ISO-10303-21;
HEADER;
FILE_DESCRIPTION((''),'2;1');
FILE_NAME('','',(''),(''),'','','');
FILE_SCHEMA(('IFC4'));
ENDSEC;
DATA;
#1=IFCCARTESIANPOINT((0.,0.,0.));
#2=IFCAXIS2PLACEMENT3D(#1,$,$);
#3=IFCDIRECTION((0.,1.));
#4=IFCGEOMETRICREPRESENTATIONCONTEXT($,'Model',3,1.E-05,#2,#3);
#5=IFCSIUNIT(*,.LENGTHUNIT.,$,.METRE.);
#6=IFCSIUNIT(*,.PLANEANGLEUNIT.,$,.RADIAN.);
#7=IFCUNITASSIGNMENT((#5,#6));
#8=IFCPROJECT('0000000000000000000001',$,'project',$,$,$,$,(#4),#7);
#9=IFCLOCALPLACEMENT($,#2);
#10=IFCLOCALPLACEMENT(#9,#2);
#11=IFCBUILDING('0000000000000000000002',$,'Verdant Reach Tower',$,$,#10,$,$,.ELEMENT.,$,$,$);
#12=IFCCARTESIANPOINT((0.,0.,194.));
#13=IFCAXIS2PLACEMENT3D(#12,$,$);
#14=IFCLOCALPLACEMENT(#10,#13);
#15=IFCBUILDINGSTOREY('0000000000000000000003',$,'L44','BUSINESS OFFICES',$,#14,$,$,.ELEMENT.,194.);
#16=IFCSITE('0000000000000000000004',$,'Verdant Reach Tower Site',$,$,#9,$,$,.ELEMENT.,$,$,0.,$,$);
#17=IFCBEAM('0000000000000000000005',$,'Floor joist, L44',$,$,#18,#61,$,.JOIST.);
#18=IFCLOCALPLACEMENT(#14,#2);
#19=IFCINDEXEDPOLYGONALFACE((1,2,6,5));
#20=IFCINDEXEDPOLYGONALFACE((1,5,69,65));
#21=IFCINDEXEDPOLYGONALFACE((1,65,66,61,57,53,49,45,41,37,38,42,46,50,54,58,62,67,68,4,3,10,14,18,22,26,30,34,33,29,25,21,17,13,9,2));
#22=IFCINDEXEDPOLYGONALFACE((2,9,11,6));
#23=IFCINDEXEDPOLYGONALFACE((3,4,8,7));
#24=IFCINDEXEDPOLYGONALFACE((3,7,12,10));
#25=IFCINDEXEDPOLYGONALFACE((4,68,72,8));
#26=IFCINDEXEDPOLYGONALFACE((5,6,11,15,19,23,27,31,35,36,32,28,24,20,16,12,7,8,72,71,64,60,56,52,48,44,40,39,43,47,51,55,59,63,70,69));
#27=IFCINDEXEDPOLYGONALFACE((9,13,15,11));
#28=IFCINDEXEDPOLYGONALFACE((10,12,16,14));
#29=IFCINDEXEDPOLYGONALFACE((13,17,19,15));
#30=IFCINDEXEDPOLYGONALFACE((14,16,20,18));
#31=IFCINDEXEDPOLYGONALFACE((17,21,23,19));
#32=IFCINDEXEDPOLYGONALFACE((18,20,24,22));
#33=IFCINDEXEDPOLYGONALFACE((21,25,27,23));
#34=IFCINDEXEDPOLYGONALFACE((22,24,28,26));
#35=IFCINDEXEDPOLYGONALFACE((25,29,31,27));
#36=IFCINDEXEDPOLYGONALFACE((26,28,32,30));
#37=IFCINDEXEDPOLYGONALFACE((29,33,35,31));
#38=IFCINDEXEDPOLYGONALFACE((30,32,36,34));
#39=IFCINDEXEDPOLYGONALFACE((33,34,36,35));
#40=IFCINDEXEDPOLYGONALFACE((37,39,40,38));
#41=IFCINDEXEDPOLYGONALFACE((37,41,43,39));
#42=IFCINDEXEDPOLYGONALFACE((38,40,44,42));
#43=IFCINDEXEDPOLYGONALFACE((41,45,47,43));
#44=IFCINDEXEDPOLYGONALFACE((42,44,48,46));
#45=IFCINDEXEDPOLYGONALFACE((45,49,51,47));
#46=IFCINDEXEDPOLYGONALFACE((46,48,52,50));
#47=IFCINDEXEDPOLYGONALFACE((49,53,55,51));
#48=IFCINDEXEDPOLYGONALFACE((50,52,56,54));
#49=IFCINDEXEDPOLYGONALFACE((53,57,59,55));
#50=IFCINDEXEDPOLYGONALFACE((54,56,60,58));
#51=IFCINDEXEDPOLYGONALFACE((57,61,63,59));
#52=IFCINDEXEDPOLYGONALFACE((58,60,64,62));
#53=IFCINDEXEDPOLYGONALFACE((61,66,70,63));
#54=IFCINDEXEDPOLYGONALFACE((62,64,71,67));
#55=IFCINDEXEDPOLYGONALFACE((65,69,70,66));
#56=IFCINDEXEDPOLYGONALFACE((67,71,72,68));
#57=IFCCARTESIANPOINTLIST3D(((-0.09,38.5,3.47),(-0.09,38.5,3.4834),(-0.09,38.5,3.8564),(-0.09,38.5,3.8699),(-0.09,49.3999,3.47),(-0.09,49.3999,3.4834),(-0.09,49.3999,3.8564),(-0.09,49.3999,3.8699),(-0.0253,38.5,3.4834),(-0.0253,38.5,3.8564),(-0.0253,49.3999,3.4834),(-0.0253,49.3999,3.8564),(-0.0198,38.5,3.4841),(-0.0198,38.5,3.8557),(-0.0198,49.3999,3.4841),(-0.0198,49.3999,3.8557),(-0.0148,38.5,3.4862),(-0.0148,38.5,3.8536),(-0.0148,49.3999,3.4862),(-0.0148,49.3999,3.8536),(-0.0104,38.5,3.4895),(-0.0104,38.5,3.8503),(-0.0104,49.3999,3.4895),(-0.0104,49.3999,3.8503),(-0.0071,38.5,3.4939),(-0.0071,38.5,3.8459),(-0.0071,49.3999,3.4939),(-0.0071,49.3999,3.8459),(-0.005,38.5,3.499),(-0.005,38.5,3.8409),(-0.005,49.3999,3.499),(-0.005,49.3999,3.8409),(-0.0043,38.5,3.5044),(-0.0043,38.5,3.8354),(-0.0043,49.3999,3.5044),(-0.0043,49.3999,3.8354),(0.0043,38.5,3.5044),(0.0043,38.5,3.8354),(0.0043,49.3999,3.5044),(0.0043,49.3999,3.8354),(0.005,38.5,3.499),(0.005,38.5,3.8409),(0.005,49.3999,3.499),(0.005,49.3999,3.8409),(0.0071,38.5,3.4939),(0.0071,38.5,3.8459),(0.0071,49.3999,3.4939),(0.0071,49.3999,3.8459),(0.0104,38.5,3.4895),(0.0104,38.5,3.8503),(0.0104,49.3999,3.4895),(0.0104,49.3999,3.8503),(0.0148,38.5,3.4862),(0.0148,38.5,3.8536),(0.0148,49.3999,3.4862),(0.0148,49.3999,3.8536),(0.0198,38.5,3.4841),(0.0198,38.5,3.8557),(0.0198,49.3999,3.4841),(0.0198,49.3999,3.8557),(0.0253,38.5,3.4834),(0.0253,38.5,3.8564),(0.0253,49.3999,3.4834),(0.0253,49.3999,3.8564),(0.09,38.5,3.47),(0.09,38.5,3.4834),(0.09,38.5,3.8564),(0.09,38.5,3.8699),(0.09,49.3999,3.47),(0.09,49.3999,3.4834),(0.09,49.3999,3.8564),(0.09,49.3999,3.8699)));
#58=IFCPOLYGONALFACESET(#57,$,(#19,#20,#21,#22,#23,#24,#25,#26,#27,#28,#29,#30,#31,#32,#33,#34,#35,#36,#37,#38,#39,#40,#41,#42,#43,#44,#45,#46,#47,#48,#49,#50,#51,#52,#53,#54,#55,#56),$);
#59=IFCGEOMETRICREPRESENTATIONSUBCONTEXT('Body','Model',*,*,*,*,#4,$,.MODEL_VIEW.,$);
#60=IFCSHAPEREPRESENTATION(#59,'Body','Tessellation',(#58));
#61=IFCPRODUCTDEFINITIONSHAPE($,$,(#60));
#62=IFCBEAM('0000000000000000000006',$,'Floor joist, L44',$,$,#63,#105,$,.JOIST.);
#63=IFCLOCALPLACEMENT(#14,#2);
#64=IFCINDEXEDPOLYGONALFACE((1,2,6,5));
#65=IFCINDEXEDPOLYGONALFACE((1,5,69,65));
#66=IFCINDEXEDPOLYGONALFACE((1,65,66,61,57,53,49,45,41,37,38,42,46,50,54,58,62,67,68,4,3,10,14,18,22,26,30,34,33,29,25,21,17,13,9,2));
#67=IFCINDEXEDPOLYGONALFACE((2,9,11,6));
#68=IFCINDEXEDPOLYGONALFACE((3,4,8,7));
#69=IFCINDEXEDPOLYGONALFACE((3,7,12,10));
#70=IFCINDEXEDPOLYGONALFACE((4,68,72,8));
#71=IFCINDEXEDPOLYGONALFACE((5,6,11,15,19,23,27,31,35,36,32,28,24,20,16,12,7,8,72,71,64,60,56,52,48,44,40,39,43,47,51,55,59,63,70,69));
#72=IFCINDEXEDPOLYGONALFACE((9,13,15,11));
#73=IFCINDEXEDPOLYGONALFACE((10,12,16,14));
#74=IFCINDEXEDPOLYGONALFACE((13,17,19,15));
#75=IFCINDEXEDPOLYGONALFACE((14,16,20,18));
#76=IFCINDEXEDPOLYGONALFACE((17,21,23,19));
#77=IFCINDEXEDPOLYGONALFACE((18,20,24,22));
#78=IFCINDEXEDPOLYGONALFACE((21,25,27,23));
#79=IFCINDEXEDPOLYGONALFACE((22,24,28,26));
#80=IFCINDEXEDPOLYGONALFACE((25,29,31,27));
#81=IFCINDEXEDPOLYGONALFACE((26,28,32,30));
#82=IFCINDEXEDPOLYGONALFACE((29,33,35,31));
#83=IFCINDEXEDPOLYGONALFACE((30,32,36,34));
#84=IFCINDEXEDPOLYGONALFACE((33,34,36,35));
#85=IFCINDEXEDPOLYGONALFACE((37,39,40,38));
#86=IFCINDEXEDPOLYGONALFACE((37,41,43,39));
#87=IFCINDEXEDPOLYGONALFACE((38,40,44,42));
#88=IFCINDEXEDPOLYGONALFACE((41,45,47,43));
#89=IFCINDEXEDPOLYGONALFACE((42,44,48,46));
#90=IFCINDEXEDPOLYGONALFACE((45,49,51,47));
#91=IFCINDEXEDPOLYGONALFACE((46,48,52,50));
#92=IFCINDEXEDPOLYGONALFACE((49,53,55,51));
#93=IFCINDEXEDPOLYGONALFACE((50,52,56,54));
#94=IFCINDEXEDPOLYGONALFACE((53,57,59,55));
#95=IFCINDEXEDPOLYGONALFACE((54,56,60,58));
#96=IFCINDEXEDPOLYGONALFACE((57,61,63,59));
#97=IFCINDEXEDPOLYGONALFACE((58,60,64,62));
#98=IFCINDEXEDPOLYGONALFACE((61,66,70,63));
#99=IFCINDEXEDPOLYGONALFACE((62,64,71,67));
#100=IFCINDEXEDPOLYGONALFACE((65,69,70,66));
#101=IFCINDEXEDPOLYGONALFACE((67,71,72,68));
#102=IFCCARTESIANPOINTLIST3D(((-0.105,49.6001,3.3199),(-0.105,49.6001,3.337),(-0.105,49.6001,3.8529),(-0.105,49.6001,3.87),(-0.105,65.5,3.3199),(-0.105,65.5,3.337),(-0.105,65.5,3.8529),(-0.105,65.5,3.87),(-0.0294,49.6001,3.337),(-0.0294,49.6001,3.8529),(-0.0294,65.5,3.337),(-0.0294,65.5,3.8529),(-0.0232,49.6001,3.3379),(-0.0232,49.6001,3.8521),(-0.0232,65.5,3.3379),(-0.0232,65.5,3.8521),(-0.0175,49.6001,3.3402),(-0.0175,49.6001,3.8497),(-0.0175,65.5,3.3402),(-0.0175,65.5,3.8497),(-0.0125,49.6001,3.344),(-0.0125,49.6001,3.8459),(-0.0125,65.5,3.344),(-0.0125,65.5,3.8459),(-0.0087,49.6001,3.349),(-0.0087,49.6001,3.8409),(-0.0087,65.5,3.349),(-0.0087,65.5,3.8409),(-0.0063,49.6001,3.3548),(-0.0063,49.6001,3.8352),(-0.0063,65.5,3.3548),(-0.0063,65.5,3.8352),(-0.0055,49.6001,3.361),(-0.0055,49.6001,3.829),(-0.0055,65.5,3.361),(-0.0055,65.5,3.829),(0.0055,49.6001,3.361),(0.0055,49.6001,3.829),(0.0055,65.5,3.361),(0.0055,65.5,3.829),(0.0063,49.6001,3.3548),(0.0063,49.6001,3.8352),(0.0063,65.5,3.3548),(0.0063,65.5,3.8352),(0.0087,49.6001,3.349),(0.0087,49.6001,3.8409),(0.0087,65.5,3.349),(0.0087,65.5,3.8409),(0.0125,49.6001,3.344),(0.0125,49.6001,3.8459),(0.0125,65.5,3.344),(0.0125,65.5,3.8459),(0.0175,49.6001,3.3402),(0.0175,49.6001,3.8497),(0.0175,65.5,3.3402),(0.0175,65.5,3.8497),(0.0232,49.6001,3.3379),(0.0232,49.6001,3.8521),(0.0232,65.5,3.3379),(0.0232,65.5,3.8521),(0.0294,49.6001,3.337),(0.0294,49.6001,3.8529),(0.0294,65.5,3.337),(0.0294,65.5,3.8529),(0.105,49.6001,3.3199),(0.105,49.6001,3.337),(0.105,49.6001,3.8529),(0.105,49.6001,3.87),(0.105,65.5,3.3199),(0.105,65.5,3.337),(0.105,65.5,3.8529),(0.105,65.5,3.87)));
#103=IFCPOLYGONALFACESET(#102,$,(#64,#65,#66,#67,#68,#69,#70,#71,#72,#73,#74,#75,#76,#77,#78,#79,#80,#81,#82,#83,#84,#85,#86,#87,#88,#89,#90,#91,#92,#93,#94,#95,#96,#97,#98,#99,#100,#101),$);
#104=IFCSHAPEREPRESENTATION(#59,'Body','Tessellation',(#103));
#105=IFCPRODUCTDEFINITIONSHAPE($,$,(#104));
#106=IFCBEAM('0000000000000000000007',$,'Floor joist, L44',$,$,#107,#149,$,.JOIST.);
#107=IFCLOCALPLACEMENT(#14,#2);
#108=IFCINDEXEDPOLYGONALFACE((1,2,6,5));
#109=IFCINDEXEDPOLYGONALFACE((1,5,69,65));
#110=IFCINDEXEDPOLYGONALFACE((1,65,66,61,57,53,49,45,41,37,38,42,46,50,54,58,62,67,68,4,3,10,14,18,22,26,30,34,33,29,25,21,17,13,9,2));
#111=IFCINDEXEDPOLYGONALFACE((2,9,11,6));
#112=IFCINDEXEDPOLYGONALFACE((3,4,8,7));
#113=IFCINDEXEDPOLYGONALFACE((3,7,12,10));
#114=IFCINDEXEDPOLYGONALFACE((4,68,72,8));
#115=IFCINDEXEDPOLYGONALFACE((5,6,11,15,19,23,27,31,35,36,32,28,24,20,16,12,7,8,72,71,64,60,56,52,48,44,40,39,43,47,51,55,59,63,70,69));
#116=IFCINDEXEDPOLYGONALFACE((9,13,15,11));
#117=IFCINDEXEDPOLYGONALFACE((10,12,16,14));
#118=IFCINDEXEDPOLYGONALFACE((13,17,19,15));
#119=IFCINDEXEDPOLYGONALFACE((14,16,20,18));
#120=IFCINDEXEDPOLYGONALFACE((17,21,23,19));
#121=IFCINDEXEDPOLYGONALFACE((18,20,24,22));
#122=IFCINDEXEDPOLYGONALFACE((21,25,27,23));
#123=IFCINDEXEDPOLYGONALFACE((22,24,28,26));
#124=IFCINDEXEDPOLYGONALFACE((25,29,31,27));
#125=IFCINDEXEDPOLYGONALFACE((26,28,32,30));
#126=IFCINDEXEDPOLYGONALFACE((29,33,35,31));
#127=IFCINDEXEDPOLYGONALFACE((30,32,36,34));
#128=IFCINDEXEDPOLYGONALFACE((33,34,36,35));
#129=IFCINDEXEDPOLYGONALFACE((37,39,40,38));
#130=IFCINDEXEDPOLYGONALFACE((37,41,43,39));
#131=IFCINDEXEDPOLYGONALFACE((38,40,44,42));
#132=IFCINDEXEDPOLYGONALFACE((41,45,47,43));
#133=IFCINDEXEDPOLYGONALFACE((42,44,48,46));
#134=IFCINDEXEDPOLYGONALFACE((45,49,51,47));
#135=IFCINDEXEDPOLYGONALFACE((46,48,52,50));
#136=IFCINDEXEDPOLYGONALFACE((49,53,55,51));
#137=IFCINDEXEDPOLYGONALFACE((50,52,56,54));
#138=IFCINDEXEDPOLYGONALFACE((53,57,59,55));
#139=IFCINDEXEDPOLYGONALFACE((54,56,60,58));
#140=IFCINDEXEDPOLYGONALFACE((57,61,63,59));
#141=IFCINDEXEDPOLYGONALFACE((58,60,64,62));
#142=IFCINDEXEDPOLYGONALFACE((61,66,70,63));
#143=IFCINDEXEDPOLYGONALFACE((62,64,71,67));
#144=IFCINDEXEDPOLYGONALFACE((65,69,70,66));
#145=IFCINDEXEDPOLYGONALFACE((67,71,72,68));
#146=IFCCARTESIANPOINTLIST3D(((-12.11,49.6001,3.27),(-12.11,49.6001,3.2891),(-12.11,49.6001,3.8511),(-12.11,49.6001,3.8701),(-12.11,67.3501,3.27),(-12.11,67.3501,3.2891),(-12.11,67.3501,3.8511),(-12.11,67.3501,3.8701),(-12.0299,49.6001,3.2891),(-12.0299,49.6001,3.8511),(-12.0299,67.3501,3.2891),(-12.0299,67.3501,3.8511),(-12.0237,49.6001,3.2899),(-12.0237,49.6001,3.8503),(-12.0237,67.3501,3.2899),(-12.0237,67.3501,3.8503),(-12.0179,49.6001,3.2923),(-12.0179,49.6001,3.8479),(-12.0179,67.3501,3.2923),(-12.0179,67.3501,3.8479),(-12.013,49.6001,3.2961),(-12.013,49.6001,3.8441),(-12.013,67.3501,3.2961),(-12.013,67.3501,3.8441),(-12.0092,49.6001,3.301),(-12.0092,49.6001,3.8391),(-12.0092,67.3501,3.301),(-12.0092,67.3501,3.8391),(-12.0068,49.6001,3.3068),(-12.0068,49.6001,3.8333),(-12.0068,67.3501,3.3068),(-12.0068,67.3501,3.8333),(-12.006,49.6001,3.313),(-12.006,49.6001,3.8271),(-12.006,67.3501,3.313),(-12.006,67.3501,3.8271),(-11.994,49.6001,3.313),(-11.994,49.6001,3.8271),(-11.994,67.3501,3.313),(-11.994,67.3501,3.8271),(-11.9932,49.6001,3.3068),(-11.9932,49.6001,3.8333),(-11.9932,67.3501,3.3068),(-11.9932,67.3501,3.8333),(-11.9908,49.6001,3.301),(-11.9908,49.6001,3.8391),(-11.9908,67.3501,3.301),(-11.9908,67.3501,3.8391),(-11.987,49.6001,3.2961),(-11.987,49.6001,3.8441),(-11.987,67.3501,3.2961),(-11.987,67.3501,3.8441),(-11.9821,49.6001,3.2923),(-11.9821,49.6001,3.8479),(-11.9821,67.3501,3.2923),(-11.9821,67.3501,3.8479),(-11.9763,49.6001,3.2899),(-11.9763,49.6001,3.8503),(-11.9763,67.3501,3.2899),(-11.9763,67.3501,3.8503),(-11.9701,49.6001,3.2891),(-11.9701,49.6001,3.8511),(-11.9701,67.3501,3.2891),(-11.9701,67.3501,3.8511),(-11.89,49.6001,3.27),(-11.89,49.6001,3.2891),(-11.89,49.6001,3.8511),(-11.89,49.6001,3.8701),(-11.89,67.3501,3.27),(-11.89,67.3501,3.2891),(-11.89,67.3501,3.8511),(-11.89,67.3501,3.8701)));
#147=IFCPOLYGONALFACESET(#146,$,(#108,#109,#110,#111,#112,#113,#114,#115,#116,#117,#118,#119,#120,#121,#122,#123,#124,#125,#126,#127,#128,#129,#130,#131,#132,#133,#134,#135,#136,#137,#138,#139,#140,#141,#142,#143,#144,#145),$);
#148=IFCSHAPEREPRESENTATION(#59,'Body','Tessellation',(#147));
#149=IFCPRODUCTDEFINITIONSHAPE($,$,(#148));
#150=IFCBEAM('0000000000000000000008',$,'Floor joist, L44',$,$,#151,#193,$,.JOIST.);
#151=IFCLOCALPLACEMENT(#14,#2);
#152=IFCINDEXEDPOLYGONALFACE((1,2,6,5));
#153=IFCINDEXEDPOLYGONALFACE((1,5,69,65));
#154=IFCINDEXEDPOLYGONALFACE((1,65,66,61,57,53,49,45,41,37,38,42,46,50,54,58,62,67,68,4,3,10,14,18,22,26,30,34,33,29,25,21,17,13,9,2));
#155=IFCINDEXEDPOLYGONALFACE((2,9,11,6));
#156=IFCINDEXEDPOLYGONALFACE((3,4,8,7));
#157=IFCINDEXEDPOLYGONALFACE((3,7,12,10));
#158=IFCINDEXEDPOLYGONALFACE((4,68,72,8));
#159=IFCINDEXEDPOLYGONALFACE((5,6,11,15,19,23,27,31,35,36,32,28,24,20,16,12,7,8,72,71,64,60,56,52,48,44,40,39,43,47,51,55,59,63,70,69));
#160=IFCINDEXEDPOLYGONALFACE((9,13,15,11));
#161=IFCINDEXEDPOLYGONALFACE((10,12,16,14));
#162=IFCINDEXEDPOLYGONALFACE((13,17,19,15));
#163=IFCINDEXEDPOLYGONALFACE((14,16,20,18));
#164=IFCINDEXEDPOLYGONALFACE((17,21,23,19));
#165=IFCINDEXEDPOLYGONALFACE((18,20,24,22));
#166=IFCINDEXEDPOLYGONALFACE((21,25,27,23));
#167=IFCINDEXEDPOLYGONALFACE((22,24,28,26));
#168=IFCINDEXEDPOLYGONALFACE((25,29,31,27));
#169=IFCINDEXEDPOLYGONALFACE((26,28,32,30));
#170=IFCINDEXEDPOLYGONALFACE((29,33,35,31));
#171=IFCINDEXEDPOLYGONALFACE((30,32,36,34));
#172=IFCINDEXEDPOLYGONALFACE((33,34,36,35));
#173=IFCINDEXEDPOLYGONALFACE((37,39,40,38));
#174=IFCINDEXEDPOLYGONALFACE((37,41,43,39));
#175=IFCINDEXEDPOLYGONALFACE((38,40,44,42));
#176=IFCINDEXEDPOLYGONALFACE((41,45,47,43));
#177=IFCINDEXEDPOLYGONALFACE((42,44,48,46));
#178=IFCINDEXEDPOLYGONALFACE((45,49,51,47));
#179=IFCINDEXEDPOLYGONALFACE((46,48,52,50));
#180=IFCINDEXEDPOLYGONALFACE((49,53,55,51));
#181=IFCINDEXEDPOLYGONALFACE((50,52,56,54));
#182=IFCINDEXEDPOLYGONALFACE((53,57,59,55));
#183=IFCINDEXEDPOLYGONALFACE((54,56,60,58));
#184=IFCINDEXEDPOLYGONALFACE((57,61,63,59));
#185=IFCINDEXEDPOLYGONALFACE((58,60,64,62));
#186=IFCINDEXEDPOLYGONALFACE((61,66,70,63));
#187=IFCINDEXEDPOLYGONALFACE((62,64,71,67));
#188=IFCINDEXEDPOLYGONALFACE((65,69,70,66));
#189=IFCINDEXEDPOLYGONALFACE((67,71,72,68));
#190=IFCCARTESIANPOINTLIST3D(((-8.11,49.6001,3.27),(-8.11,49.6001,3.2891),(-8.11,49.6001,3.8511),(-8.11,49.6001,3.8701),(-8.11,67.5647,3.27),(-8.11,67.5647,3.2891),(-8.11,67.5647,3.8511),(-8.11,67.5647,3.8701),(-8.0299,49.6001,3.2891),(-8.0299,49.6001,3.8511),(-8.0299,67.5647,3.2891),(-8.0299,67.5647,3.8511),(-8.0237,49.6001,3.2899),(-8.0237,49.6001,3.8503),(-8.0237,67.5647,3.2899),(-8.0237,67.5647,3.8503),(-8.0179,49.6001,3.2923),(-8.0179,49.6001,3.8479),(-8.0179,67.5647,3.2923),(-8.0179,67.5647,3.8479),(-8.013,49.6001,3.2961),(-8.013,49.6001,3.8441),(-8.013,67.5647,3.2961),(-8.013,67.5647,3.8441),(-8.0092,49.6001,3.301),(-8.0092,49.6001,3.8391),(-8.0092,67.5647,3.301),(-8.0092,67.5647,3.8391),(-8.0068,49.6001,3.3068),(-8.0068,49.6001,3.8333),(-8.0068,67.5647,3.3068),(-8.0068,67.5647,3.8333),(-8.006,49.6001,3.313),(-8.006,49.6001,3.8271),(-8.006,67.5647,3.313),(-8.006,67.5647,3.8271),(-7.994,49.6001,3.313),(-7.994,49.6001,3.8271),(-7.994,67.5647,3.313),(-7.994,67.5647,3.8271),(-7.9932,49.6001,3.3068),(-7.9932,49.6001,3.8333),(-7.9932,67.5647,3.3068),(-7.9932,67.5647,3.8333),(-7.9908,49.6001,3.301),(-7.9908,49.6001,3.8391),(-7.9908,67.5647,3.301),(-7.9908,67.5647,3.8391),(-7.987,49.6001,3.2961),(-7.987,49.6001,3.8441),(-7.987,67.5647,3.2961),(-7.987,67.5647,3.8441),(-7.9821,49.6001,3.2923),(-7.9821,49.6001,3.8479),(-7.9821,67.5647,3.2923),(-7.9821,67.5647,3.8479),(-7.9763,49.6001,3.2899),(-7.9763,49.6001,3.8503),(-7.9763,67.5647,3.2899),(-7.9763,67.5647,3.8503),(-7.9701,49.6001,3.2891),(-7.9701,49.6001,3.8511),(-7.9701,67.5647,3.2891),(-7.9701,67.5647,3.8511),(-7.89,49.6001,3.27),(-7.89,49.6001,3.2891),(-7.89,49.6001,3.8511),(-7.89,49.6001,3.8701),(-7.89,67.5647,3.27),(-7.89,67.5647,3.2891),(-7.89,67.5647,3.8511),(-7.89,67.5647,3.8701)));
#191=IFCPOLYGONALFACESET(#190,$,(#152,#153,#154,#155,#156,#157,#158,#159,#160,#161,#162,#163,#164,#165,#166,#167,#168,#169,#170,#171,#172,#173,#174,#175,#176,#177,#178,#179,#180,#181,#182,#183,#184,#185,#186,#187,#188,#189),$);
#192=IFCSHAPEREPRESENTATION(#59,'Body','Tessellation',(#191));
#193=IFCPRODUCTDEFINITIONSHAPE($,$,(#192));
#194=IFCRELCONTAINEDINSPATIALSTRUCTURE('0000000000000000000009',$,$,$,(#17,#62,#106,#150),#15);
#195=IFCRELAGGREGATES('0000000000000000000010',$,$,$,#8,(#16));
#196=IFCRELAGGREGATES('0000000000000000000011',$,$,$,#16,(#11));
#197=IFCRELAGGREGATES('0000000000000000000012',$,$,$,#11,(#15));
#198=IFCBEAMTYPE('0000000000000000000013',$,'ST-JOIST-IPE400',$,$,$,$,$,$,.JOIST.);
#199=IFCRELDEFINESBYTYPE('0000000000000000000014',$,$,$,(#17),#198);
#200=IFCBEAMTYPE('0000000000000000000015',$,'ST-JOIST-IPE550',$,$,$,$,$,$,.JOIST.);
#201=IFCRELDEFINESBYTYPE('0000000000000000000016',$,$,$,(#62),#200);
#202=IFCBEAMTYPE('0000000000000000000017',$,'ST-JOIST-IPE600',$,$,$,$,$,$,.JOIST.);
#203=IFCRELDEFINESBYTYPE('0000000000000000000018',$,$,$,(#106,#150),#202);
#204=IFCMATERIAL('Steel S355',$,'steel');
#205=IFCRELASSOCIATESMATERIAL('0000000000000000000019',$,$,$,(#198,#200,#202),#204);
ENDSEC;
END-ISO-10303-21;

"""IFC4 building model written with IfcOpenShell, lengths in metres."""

from ifc_helpers import new_model, si_unit, direction, frame, origin, origin_2d, place, context, subcontext, project, spatial, i_section, extrude, material, material_profile, profile_set, type_object, element, save


model = new_model("IFC4")

# Units and contexts
model_context = context("Model", 3, precision=1e-05, world=origin(), true_north=direction((0.0, 1.0)))
body_context = subcontext(model_context, "Body", "Model", "MODEL_VIEW")
ifc_project = project(units=[si_unit("LENGTHUNIT", "METRE"), si_unit("PLANEANGLEUNIT", "RADIAN")], contexts=[model_context])

# Site, building, storey
site_placement = place(None, origin())
site = spatial("IfcSite", under=ifc_project, at=site_placement, Name="Verdant Reach Tower Site", CompositionType="ELEMENT", RefElevation=0.0)
building_placement = place(site_placement, origin())
building = spatial("IfcBuilding", under=site, at=building_placement, Name="Verdant Reach Tower", CompositionType="ELEMENT")
storey_placement = place(building_placement, frame((0.0, 0.0, 194.0)))
storey = spatial("IfcBuildingStorey", under=building, at=storey_placement, Name="L44", Description="BUSINESS OFFICES", CompositionType="ELEMENT", Elevation=194.0)

# Beams
ifc_material_1 = material(Name="Steel S355", Category="steel")
ifc_material_profile_1 = material_profile(ifc_material_1, i_section(OverallWidth=0.1799, OverallDepth=0.3999, WebThickness=0.0085, FlangeThickness=0.0134, FilletRadius=0.021, at=origin_2d()), Name="IPE 400")
ifc_profile_set_1 = profile_set([ifc_material_profile_1], Name="Steel S355")
beam_type_1 = type_object("IfcBeamType", Name="ST-JOIST-IPE400", PredefinedType="JOIST", material=ifc_profile_set_1)
for number, where, z_axis, x_axis, name in (
    (1, (0.0, 38.5, 3.6699), (0.0, 1.0, 0.0), (-1.0, 0.0, 0.0), "Floor joist, L44"),
):
    element("IfcBeam", number, at=place(storey_placement, frame(where, z_axis=z_axis, x_axis=x_axis)), inside=storey, type_object=beam_type_1, Name=name, PredefinedType="JOIST", context=body_context, shape_type="SweptSolid", body=[
        extrude(i_section(OverallWidth=0.1799, OverallDepth=0.3999, WebThickness=0.0085, FlangeThickness=0.0134, FilletRadius=0.021, at=origin_2d()), origin(), (0.0, 0.0, 1.0), 10.8999),
    ])
ifc_material_profile_2 = material_profile(ifc_material_1, i_section(OverallWidth=0.21, OverallDepth=0.55, WebThickness=0.011, FlangeThickness=0.0171, FilletRadius=0.0239, at=origin_2d()), Name="IPE 550")
ifc_profile_set_2 = profile_set([ifc_material_profile_2], Name="Steel S355")
beam_type_2 = type_object("IfcBeamType", Name="ST-JOIST-IPE550", PredefinedType="JOIST", material=ifc_profile_set_2)
beam_1_placement = place(storey_placement, frame((0.0, 49.6001, 3.595), z_axis=(0.0, 1.0, 0.0), x_axis=(-1.0, 0.0, 0.0)))
element("IfcBeam", 2, at=beam_1_placement, inside=storey, type_object=beam_type_2, Name="Floor joist, L44", PredefinedType="JOIST", context=body_context, shape_type="SweptSolid", body=[
    extrude(i_section(OverallWidth=0.21, OverallDepth=0.55, WebThickness=0.011, FlangeThickness=0.0171, FilletRadius=0.0239, at=origin_2d()), origin(), (0.0, 0.0, 1.0), 15.8999),
])
ifc_material_profile_3 = material_profile(ifc_material_1, i_section(OverallWidth=0.22, OverallDepth=0.6001, WebThickness=0.012, FlangeThickness=0.019, FilletRadius=0.0239, at=origin_2d()), Name="IPE 600")
ifc_profile_set_3 = profile_set([ifc_material_profile_3], Name="Steel S355")
beam_type_3 = type_object("IfcBeamType", Name="ST-JOIST-IPE600", PredefinedType="JOIST", material=ifc_profile_set_3)
beam_2_placement = place(storey_placement, frame((-12.0, 49.6001, 3.5701), z_axis=(0.0, 1.0, 0.0), x_axis=(-1.0, 0.0, 0.0)))
element("IfcBeam", 3, at=beam_2_placement, inside=storey, type_object=beam_type_3, Name="Floor joist, L44", PredefinedType="JOIST", context=body_context, shape_type="SweptSolid", body=[
    extrude(i_section(OverallWidth=0.22, OverallDepth=0.6001, WebThickness=0.012, FlangeThickness=0.019, FilletRadius=0.0239, at=origin_2d()), origin(), (0.0, 0.0, 1.0), 17.75),
])
beam_3_placement = place(storey_placement, frame((-8.0, 49.6001, 3.5701), z_axis=(0.0, 1.0, 0.0), x_axis=(-1.0, 0.0, 0.0)))
element("IfcBeam", 4, at=beam_3_placement, inside=storey, type_object=beam_type_3, Name="Floor joist, L44", PredefinedType="JOIST", context=body_context, shape_type="SweptSolid", body=[
    extrude(i_section(OverallWidth=0.22, OverallDepth=0.6001, WebThickness=0.012, FlangeThickness=0.019, FilletRadius=0.0239, at=origin_2d()), origin(), (0.0, 0.0, 1.0), 17.9646),
])

save(model, "model.ifc")
